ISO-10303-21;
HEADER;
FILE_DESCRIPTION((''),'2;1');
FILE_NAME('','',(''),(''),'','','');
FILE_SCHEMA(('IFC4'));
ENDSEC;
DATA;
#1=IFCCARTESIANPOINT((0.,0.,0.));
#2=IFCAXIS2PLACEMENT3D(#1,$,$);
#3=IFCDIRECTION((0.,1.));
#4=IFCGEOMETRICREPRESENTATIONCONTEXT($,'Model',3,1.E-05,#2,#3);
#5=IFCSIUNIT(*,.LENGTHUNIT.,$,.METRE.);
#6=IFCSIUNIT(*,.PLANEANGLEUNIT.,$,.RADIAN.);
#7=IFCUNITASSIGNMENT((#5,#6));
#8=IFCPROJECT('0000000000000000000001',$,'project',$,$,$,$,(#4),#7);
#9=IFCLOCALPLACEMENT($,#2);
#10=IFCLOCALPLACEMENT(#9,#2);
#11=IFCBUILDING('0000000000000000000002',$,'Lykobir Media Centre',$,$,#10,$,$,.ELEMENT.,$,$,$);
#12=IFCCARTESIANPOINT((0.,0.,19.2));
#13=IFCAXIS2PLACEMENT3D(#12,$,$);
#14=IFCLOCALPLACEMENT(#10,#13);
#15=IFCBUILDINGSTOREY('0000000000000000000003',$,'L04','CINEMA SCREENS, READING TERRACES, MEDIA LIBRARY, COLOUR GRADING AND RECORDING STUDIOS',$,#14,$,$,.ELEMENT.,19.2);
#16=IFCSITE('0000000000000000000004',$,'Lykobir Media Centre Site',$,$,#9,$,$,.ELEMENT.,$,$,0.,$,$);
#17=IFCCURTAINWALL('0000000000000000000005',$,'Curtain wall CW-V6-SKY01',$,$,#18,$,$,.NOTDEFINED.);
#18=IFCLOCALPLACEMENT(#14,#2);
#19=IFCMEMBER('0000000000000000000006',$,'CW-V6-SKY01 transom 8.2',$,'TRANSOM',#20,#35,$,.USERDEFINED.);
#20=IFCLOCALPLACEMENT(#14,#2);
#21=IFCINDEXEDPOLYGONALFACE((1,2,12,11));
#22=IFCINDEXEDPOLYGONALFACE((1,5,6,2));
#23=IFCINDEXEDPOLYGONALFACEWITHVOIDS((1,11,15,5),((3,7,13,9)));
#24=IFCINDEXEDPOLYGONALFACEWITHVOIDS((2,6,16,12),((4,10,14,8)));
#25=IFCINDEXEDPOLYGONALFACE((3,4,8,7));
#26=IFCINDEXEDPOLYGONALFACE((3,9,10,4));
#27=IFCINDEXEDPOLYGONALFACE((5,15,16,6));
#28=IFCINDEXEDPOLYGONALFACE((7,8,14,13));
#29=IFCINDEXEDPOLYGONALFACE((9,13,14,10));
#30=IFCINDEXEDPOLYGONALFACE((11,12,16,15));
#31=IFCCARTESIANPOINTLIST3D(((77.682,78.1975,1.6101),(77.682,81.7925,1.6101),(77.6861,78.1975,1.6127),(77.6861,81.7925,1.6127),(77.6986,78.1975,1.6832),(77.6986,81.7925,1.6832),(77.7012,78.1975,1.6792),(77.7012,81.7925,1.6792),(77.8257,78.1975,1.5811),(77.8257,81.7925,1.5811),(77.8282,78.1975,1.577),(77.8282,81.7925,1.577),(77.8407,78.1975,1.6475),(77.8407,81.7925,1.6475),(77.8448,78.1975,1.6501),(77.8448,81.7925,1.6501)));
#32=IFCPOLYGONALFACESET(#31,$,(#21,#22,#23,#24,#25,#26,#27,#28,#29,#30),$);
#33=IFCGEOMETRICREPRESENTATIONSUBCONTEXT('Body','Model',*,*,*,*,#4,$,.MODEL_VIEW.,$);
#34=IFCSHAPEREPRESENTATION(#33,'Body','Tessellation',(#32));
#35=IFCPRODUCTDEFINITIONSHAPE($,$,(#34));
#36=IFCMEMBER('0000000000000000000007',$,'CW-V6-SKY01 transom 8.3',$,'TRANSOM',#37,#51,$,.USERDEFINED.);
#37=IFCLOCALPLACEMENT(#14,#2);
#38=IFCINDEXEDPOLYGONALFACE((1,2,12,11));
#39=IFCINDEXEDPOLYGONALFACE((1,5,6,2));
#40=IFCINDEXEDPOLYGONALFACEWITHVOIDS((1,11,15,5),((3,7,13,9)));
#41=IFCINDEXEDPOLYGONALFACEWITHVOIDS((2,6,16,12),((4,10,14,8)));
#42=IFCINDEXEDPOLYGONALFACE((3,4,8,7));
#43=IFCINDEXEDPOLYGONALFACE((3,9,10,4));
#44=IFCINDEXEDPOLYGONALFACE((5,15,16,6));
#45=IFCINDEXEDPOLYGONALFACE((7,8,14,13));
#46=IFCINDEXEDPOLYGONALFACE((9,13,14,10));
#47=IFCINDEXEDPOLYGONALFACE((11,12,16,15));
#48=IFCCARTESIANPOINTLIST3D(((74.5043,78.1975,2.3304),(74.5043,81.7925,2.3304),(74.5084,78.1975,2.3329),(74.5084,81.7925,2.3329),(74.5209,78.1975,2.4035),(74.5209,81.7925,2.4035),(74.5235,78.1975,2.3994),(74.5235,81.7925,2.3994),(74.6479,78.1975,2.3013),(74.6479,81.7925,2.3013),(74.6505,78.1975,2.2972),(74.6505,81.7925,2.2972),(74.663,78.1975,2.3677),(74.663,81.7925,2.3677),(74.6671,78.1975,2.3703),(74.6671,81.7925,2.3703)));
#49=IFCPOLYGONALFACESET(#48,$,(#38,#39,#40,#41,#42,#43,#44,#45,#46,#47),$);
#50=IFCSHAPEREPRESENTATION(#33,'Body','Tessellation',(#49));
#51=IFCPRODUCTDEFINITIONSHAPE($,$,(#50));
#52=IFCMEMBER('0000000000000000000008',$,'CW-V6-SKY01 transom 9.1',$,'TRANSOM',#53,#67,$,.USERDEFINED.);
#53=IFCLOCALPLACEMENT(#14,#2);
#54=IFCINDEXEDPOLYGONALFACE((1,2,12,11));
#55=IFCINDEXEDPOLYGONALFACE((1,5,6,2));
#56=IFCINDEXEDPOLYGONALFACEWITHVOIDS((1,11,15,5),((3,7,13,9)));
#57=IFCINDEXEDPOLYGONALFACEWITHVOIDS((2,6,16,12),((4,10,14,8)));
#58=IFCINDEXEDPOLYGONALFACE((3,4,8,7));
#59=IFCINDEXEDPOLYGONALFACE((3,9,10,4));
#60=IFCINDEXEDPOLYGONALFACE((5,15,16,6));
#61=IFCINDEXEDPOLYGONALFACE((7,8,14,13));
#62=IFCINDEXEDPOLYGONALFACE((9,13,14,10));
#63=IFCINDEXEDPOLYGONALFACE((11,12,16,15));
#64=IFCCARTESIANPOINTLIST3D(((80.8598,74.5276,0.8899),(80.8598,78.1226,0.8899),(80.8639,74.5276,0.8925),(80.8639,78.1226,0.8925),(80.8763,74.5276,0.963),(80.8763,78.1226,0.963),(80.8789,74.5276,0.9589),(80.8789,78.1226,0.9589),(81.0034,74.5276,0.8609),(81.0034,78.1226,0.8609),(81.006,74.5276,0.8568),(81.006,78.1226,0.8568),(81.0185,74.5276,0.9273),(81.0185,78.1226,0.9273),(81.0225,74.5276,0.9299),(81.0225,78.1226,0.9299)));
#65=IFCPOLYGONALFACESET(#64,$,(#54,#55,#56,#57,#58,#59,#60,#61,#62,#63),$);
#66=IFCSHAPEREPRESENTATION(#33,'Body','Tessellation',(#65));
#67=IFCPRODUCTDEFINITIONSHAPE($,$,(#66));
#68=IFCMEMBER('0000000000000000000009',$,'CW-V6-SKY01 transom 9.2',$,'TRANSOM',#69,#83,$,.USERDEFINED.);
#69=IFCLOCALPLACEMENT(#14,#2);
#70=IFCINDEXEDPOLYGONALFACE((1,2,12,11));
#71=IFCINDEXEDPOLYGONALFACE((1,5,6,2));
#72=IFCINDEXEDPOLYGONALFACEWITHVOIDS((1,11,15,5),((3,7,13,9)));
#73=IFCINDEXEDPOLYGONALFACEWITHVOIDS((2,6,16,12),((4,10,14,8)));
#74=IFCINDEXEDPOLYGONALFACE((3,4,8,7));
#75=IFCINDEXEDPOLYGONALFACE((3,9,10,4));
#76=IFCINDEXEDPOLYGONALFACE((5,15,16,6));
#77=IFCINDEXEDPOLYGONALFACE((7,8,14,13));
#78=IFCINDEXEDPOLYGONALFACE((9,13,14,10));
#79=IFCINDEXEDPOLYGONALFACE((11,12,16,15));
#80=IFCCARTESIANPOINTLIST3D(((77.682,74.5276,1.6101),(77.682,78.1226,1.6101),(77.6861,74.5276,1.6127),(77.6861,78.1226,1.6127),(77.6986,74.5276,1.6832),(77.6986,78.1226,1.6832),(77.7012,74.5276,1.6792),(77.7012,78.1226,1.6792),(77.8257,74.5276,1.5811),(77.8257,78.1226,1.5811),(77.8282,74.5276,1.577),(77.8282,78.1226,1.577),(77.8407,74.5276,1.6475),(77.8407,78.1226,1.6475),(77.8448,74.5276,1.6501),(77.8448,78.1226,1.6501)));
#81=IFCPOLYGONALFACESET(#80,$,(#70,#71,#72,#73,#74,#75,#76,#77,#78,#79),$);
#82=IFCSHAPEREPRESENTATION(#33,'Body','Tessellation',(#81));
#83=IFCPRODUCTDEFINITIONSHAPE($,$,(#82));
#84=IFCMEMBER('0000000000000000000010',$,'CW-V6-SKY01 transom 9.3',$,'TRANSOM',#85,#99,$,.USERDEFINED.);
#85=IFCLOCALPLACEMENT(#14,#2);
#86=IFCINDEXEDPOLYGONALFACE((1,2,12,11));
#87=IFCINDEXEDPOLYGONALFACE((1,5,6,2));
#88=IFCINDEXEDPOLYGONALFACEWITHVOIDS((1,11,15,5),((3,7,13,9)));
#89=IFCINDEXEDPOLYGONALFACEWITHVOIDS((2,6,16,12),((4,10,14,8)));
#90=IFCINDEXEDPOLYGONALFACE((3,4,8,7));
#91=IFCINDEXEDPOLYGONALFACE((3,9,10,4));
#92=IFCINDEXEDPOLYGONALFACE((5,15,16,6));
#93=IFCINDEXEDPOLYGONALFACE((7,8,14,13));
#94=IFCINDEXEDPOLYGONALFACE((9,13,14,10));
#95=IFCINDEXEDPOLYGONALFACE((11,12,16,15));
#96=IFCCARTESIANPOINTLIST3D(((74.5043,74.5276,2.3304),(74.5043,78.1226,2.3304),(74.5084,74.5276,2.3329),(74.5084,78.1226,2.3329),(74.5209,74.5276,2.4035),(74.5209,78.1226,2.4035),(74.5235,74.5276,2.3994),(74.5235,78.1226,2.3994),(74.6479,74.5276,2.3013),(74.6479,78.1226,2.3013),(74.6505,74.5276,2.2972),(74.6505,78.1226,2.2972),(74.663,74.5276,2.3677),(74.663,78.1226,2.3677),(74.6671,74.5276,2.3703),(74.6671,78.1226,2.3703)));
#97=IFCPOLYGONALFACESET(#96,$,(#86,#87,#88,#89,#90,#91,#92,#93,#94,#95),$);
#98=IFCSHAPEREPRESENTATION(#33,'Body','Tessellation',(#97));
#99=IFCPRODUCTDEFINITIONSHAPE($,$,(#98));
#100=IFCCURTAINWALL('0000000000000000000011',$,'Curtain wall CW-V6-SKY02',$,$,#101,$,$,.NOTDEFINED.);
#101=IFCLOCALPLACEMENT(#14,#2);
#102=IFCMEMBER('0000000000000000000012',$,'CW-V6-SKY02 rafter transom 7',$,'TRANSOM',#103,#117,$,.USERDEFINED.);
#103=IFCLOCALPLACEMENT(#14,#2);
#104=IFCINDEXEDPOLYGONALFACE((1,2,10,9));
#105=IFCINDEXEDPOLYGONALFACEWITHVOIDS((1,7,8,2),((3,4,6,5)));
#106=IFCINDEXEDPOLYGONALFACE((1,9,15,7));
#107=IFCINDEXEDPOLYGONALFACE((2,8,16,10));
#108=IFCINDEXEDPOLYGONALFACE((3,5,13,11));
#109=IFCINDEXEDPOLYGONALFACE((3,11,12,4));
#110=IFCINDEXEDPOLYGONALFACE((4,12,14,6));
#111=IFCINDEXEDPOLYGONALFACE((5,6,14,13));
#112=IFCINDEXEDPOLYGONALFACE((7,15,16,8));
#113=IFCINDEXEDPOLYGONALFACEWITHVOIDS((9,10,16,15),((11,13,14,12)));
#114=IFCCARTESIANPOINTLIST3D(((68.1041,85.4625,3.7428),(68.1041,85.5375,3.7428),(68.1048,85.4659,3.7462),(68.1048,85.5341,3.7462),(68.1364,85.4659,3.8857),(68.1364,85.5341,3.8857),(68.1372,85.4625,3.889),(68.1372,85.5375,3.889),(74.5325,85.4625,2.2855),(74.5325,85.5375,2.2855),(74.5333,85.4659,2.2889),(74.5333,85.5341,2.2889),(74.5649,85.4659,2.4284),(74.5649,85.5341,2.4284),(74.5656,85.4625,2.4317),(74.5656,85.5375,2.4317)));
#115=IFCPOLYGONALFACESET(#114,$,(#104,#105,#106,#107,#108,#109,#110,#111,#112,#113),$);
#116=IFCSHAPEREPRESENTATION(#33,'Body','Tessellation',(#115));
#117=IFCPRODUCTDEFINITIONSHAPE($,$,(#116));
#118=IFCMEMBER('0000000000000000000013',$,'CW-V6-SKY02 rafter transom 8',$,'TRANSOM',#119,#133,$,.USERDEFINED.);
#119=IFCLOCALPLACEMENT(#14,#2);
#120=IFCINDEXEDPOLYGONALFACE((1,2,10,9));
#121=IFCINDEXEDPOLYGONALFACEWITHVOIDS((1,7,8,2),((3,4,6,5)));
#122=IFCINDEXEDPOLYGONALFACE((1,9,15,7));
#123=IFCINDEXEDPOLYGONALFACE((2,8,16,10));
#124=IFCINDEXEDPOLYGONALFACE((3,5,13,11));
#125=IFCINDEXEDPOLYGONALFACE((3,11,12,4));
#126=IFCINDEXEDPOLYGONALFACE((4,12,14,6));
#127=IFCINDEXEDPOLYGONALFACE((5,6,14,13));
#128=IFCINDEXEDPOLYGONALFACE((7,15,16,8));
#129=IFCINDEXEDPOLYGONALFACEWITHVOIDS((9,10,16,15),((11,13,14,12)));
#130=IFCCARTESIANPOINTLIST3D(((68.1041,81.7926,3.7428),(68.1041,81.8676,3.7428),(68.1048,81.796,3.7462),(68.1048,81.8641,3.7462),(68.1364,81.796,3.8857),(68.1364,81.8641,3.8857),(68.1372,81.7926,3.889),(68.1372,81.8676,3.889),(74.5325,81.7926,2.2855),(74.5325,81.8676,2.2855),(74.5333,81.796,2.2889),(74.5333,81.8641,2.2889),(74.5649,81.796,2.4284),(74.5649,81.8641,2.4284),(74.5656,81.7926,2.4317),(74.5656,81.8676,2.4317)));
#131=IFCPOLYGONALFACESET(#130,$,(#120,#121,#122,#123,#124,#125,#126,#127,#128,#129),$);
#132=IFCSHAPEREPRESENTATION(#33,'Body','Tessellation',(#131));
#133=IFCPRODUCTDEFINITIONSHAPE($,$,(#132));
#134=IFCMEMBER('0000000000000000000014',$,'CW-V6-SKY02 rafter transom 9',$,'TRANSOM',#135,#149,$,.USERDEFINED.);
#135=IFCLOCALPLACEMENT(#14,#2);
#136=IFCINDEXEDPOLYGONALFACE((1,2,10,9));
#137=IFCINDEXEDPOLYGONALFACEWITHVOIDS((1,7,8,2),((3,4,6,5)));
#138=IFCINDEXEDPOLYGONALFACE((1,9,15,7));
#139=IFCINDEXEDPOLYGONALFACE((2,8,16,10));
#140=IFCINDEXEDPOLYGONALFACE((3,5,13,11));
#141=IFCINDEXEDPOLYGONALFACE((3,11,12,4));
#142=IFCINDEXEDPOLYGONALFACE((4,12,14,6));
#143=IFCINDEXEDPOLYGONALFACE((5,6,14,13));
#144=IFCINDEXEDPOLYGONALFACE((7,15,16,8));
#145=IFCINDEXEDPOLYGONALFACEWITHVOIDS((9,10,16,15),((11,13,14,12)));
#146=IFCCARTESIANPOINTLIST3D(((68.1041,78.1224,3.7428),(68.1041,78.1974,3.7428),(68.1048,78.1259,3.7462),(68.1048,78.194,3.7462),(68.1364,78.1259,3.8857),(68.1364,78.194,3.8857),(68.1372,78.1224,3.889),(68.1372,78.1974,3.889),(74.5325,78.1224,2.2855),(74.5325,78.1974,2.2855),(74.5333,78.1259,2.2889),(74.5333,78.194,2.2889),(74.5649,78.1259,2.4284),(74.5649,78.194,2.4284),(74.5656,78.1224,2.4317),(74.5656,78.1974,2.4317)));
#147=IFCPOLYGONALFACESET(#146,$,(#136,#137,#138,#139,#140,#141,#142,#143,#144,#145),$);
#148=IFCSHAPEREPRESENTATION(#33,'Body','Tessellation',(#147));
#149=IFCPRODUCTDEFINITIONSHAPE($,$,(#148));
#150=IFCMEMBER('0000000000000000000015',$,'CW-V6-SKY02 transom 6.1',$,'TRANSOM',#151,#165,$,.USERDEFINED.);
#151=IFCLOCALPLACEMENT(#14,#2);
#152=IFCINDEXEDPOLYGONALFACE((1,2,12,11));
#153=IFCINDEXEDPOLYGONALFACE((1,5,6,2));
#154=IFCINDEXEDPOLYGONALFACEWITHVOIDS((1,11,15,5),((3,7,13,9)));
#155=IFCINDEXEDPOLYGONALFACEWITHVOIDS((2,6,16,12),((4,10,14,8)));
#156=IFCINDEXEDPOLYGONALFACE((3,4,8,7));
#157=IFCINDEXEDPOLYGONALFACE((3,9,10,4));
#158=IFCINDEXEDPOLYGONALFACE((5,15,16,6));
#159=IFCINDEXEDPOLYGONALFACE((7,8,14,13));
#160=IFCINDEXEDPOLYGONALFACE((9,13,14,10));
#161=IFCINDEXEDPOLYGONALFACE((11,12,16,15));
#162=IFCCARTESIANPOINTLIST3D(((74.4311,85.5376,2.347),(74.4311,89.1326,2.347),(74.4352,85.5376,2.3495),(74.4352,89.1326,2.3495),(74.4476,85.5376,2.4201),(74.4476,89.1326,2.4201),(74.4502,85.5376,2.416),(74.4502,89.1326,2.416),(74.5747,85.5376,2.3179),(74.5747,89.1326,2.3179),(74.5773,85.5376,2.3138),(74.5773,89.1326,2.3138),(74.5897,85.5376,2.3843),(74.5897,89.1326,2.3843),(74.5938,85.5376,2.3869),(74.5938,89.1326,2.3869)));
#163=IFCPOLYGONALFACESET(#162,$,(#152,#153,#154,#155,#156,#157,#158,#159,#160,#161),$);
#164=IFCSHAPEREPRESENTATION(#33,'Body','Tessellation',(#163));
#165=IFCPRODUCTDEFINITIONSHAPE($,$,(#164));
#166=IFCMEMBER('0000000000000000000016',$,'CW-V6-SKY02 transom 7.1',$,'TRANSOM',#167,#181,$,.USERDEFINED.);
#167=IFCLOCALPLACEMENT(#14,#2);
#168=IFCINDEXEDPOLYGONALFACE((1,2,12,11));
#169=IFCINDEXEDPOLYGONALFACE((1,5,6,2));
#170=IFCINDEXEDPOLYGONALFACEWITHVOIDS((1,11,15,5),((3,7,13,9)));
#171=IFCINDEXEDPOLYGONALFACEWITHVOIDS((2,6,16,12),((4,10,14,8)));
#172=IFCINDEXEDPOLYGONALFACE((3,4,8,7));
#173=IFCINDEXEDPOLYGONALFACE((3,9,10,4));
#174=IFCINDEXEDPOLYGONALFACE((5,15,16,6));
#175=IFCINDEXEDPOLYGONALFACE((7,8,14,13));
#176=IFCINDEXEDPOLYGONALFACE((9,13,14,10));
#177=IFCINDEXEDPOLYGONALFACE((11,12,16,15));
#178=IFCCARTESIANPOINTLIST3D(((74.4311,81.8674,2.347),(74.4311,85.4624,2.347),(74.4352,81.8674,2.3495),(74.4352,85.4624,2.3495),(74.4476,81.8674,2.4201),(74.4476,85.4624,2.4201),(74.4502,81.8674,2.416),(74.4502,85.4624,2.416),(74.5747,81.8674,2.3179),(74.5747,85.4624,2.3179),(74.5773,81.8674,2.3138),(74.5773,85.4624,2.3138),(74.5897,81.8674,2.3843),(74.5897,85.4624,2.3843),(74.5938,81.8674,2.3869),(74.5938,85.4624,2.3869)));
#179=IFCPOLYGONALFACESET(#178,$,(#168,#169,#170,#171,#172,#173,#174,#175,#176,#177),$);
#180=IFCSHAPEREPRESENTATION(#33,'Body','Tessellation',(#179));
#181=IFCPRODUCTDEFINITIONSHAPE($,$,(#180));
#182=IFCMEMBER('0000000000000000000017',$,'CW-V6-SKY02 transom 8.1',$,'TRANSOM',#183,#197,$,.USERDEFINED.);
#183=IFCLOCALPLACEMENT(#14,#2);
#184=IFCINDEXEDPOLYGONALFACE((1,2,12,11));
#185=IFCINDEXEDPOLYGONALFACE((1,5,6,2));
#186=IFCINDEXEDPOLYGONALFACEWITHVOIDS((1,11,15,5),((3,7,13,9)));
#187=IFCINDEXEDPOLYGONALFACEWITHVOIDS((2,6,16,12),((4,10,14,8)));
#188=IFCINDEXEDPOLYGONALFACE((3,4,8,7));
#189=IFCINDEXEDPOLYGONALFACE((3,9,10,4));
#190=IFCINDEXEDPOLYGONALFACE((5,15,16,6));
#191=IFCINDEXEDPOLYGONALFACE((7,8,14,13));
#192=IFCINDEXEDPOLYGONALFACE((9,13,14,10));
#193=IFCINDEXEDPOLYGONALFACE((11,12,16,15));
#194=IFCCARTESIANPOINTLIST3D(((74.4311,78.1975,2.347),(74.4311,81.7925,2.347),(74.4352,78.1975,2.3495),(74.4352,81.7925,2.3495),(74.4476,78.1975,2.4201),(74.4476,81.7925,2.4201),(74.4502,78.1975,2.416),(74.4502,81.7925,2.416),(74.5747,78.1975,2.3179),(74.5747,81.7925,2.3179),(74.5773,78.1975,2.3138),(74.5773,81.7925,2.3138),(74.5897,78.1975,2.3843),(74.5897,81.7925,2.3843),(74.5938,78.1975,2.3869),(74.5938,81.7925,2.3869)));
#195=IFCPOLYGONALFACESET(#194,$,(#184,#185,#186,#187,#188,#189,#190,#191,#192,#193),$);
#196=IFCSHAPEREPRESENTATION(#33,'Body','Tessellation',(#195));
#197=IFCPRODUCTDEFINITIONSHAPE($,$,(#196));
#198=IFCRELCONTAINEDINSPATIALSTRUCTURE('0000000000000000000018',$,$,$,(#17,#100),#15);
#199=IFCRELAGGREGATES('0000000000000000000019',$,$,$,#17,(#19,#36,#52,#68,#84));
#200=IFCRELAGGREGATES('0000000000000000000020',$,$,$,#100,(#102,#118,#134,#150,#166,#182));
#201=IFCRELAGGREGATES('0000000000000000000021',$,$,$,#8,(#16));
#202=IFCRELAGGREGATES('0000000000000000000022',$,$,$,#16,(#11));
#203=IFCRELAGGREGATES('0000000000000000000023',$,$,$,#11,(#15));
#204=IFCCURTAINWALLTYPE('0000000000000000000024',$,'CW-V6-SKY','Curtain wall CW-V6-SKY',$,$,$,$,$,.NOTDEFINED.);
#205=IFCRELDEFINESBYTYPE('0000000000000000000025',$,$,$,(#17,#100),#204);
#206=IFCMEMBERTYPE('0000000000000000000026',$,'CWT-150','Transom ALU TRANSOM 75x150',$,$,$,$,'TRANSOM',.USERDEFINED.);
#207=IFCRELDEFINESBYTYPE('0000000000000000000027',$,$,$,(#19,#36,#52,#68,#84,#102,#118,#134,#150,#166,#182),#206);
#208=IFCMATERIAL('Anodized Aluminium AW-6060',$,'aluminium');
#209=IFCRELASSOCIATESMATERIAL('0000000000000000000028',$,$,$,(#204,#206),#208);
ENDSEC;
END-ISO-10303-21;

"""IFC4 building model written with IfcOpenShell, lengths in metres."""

from ifc_helpers import new_model, si_unit, direction, frame, origin, origin_2d, place, context, subcontext, project, spatial, hollow_rectangle, extrude, material, material_profile, profile_set, type_object, element, aggregate, save


model = new_model("IFC4")

# Units and contexts
model_context = context("Model", 3, precision=1e-05, world=origin(), true_north=direction((0.0, 1.0)))
body_context = subcontext(model_context, "Body", "Model", "MODEL_VIEW")
ifc_project = project(units=[si_unit("LENGTHUNIT", "METRE"), si_unit("PLANEANGLEUNIT", "RADIAN")], contexts=[model_context])

# Site, building, storey
site_placement = place(None, origin())
site = spatial("IfcSite", under=ifc_project, at=site_placement, Name="Lykobir Media Centre Site", CompositionType="ELEMENT", RefElevation=0.0)
building_placement = place(site_placement, origin())
building = spatial("IfcBuilding", under=site, at=building_placement, Name="Lykobir Media Centre", CompositionType="ELEMENT")
storey_placement = place(building_placement, frame((0.0, 0.0, 19.2)))
storey = spatial("IfcBuildingStorey", under=building, at=storey_placement, Name="L04", Description="CINEMA SCREENS, READING TERRACES, MEDIA LIBRARY, COLOUR GRADING AND RECORDING STUDIOS", CompositionType="ELEMENT", Elevation=19.2)

# Curtain walls, members
ifc_material_1 = material(Name="Anodized Aluminium AW-6060", Category="aluminium")
curtain_wall_type = type_object("IfcCurtainWallType", Name="CW-V6-SKY", Description="Curtain wall CW-V6-SKY", PredefinedType="NOTDEFINED", material=ifc_material_1)
curtain_wall_1_placement = place(storey_placement, origin())
curtain_wall_1 = element("IfcCurtainWall", 1, at=curtain_wall_1_placement, inside=storey, type_object=curtain_wall_type, Name="Curtain wall CW-V6-SKY01", PredefinedType="NOTDEFINED")
ifc_material_profile_1 = material_profile(ifc_material_1, hollow_rectangle(XDim=0.075, YDim=0.1499, WallThickness=0.0034, at=origin_2d()), Name="ALU TRANSOM 75x150")
ifc_profile_set_1 = profile_set([ifc_material_profile_1], Name="Anodized Aluminium AW-6060")
member_type_1 = type_object("IfcMemberType", Name="CWT-150", Description="Transom ALU TRANSOM 75x150", ElementType="TRANSOM", PredefinedType="USERDEFINED", material=ifc_profile_set_1)
member_1_placement = place(storey_placement, frame((77.7634, 81.7925, 1.6301), z_axis=(0.0, -1.0, 0.0), x_axis=(0.221055, 0.0, 0.975261)))
member_1 = element("IfcMember", 2, at=member_1_placement, type_object=member_type_1, Name="CW-V6-SKY01 transom 8.2", ObjectType="TRANSOM", PredefinedType="USERDEFINED", context=body_context, shape_type="SweptSolid", body=[
    extrude(hollow_rectangle(XDim=0.075, YDim=0.1499, WallThickness=0.0034, at=origin_2d()), origin(), (0.0, 0.0, 1.0), 3.595),
])
member_2_placement = place(storey_placement, frame((74.5857, 81.7925, 2.3503), z_axis=(0.0, -1.0, 0.0), x_axis=(0.221055, 0.0, 0.975261)))
member_2 = element("IfcMember", 3, at=member_2_placement, type_object=member_type_1, Name="CW-V6-SKY01 transom 8.3", ObjectType="TRANSOM", PredefinedType="USERDEFINED", context=body_context, shape_type="SweptSolid", body=[
    extrude(hollow_rectangle(XDim=0.075, YDim=0.1499, WallThickness=0.0034, at=origin_2d()), origin(), (0.0, 0.0, 1.0), 3.595),
])
member_3_placement = place(storey_placement, frame((80.9412, 78.1226, 0.9099), z_axis=(0.0, -1.0, 0.0), x_axis=(0.221055, 0.0, 0.975261)))
member_3 = element("IfcMember", 4, at=member_3_placement, type_object=member_type_1, Name="CW-V6-SKY01 transom 9.1", ObjectType="TRANSOM", PredefinedType="USERDEFINED", context=body_context, shape_type="SweptSolid", body=[
    extrude(hollow_rectangle(XDim=0.075, YDim=0.1499, WallThickness=0.0034, at=origin_2d()), origin(), (0.0, 0.0, 1.0), 3.595),
])
member_4_placement = place(storey_placement, frame((77.7634, 78.1226, 1.6301), z_axis=(0.0, -1.0, 0.0), x_axis=(0.221055, 0.0, 0.975261)))
member_4 = element("IfcMember", 5, at=member_4_placement, type_object=member_type_1, Name="CW-V6-SKY01 transom 9.2", ObjectType="TRANSOM", PredefinedType="USERDEFINED", context=body_context, shape_type="SweptSolid", body=[
    extrude(hollow_rectangle(XDim=0.075, YDim=0.1499, WallThickness=0.0034, at=origin_2d()), origin(), (0.0, 0.0, 1.0), 3.595),
])
member_5_placement = place(storey_placement, frame((74.5857, 78.1226, 2.3503), z_axis=(0.0, -1.0, 0.0), x_axis=(0.221055, 0.0, 0.975261)))
member_5 = element("IfcMember", 6, at=member_5_placement, type_object=member_type_1, Name="CW-V6-SKY01 transom 9.3", ObjectType="TRANSOM", PredefinedType="USERDEFINED", context=body_context, shape_type="SweptSolid", body=[
    extrude(hollow_rectangle(XDim=0.075, YDim=0.1499, WallThickness=0.0034, at=origin_2d()), origin(), (0.0, 0.0, 1.0), 3.595),
])
curtain_wall_2_placement = place(storey_placement, origin())
curtain_wall_2 = element("IfcCurtainWall", 7, at=curtain_wall_2_placement, inside=storey, type_object=curtain_wall_type, Name="Curtain wall CW-V6-SKY02", PredefinedType="NOTDEFINED")
member_6_placement = place(storey_placement, frame((74.5491, 85.5, 2.3586), z_axis=(-0.975255, 0.0, 0.221082), x_axis=(0.0, -1.0, 0.0)))
member_6 = element("IfcMember", 8, at=member_6_placement, type_object=member_type_1, Name="CW-V6-SKY02 rafter transom 7", ObjectType="TRANSOM", PredefinedType="USERDEFINED", context=body_context, shape_type="SweptSolid", body=[
    extrude(hollow_rectangle(XDim=0.075, YDim=0.1499, WallThickness=0.0034, at=origin_2d()), origin(), (0.0, 0.0, 1.0), 6.5916),
])
member_7_placement = place(storey_placement, frame((74.5491, 81.8301, 2.3586), z_axis=(-0.975255, 0.0, 0.221082), x_axis=(0.0, -1.0, 0.0)))
member_7 = element("IfcMember", 9, at=member_7_placement, type_object=member_type_1, Name="CW-V6-SKY02 rafter transom 8", ObjectType="TRANSOM", PredefinedType="USERDEFINED", context=body_context, shape_type="SweptSolid", body=[
    extrude(hollow_rectangle(XDim=0.075, YDim=0.1499, WallThickness=0.0034, at=origin_2d()), origin(), (0.0, 0.0, 1.0), 6.5916),
])
member_8_placement = place(storey_placement, frame((74.5491, 78.1599, 2.3586), z_axis=(-0.975255, 0.0, 0.221082), x_axis=(0.0, -1.0, 0.0)))
member_8 = element("IfcMember", 10, at=member_8_placement, type_object=member_type_1, Name="CW-V6-SKY02 rafter transom 9", ObjectType="TRANSOM", PredefinedType="USERDEFINED", context=body_context, shape_type="SweptSolid", body=[
    extrude(hollow_rectangle(XDim=0.075, YDim=0.1499, WallThickness=0.0034, at=origin_2d()), origin(), (0.0, 0.0, 1.0), 6.5916),
])
member_9_placement = place(storey_placement, frame((74.5125, 89.1326, 2.3669), z_axis=(0.0, -1.0, 0.0), x_axis=(0.221072, 0.0, 0.975258)))
member_9 = element("IfcMember", 11, at=member_9_placement, type_object=member_type_1, Name="CW-V6-SKY02 transom 6.1", ObjectType="TRANSOM", PredefinedType="USERDEFINED", context=body_context, shape_type="SweptSolid", body=[
    extrude(hollow_rectangle(XDim=0.075, YDim=0.1499, WallThickness=0.0034, at=origin_2d()), origin(), (0.0, 0.0, 1.0), 3.595),
])
member_10_placement = place(storey_placement, frame((74.5125, 85.4624, 2.3669), z_axis=(0.0, -1.0, 0.0), x_axis=(0.221072, 0.0, 0.975258)))
member_10 = element("IfcMember", 12, at=member_10_placement, type_object=member_type_1, Name="CW-V6-SKY02 transom 7.1", ObjectType="TRANSOM", PredefinedType="USERDEFINED", context=body_context, shape_type="SweptSolid", body=[
    extrude(hollow_rectangle(XDim=0.075, YDim=0.1499, WallThickness=0.0034, at=origin_2d()), origin(), (0.0, 0.0, 1.0), 3.595),
])
member_11_placement = place(storey_placement, frame((74.5125, 81.7925, 2.3669), z_axis=(0.0, -1.0, 0.0), x_axis=(0.221072, 0.0, 0.975258)))
member_11 = element("IfcMember", 13, at=member_11_placement, type_object=member_type_1, Name="CW-V6-SKY02 transom 8.1", ObjectType="TRANSOM", PredefinedType="USERDEFINED", context=body_context, shape_type="SweptSolid", body=[
    extrude(hollow_rectangle(XDim=0.075, YDim=0.1499, WallThickness=0.0034, at=origin_2d()), origin(), (0.0, 0.0, 1.0), 3.595),
])

aggregate(curtain_wall_1, [member_1, member_2, member_3, member_4, member_5])
aggregate(curtain_wall_2, [member_6, member_7, member_8, member_9, member_10, member_11])

save(model, "model.ifc")
